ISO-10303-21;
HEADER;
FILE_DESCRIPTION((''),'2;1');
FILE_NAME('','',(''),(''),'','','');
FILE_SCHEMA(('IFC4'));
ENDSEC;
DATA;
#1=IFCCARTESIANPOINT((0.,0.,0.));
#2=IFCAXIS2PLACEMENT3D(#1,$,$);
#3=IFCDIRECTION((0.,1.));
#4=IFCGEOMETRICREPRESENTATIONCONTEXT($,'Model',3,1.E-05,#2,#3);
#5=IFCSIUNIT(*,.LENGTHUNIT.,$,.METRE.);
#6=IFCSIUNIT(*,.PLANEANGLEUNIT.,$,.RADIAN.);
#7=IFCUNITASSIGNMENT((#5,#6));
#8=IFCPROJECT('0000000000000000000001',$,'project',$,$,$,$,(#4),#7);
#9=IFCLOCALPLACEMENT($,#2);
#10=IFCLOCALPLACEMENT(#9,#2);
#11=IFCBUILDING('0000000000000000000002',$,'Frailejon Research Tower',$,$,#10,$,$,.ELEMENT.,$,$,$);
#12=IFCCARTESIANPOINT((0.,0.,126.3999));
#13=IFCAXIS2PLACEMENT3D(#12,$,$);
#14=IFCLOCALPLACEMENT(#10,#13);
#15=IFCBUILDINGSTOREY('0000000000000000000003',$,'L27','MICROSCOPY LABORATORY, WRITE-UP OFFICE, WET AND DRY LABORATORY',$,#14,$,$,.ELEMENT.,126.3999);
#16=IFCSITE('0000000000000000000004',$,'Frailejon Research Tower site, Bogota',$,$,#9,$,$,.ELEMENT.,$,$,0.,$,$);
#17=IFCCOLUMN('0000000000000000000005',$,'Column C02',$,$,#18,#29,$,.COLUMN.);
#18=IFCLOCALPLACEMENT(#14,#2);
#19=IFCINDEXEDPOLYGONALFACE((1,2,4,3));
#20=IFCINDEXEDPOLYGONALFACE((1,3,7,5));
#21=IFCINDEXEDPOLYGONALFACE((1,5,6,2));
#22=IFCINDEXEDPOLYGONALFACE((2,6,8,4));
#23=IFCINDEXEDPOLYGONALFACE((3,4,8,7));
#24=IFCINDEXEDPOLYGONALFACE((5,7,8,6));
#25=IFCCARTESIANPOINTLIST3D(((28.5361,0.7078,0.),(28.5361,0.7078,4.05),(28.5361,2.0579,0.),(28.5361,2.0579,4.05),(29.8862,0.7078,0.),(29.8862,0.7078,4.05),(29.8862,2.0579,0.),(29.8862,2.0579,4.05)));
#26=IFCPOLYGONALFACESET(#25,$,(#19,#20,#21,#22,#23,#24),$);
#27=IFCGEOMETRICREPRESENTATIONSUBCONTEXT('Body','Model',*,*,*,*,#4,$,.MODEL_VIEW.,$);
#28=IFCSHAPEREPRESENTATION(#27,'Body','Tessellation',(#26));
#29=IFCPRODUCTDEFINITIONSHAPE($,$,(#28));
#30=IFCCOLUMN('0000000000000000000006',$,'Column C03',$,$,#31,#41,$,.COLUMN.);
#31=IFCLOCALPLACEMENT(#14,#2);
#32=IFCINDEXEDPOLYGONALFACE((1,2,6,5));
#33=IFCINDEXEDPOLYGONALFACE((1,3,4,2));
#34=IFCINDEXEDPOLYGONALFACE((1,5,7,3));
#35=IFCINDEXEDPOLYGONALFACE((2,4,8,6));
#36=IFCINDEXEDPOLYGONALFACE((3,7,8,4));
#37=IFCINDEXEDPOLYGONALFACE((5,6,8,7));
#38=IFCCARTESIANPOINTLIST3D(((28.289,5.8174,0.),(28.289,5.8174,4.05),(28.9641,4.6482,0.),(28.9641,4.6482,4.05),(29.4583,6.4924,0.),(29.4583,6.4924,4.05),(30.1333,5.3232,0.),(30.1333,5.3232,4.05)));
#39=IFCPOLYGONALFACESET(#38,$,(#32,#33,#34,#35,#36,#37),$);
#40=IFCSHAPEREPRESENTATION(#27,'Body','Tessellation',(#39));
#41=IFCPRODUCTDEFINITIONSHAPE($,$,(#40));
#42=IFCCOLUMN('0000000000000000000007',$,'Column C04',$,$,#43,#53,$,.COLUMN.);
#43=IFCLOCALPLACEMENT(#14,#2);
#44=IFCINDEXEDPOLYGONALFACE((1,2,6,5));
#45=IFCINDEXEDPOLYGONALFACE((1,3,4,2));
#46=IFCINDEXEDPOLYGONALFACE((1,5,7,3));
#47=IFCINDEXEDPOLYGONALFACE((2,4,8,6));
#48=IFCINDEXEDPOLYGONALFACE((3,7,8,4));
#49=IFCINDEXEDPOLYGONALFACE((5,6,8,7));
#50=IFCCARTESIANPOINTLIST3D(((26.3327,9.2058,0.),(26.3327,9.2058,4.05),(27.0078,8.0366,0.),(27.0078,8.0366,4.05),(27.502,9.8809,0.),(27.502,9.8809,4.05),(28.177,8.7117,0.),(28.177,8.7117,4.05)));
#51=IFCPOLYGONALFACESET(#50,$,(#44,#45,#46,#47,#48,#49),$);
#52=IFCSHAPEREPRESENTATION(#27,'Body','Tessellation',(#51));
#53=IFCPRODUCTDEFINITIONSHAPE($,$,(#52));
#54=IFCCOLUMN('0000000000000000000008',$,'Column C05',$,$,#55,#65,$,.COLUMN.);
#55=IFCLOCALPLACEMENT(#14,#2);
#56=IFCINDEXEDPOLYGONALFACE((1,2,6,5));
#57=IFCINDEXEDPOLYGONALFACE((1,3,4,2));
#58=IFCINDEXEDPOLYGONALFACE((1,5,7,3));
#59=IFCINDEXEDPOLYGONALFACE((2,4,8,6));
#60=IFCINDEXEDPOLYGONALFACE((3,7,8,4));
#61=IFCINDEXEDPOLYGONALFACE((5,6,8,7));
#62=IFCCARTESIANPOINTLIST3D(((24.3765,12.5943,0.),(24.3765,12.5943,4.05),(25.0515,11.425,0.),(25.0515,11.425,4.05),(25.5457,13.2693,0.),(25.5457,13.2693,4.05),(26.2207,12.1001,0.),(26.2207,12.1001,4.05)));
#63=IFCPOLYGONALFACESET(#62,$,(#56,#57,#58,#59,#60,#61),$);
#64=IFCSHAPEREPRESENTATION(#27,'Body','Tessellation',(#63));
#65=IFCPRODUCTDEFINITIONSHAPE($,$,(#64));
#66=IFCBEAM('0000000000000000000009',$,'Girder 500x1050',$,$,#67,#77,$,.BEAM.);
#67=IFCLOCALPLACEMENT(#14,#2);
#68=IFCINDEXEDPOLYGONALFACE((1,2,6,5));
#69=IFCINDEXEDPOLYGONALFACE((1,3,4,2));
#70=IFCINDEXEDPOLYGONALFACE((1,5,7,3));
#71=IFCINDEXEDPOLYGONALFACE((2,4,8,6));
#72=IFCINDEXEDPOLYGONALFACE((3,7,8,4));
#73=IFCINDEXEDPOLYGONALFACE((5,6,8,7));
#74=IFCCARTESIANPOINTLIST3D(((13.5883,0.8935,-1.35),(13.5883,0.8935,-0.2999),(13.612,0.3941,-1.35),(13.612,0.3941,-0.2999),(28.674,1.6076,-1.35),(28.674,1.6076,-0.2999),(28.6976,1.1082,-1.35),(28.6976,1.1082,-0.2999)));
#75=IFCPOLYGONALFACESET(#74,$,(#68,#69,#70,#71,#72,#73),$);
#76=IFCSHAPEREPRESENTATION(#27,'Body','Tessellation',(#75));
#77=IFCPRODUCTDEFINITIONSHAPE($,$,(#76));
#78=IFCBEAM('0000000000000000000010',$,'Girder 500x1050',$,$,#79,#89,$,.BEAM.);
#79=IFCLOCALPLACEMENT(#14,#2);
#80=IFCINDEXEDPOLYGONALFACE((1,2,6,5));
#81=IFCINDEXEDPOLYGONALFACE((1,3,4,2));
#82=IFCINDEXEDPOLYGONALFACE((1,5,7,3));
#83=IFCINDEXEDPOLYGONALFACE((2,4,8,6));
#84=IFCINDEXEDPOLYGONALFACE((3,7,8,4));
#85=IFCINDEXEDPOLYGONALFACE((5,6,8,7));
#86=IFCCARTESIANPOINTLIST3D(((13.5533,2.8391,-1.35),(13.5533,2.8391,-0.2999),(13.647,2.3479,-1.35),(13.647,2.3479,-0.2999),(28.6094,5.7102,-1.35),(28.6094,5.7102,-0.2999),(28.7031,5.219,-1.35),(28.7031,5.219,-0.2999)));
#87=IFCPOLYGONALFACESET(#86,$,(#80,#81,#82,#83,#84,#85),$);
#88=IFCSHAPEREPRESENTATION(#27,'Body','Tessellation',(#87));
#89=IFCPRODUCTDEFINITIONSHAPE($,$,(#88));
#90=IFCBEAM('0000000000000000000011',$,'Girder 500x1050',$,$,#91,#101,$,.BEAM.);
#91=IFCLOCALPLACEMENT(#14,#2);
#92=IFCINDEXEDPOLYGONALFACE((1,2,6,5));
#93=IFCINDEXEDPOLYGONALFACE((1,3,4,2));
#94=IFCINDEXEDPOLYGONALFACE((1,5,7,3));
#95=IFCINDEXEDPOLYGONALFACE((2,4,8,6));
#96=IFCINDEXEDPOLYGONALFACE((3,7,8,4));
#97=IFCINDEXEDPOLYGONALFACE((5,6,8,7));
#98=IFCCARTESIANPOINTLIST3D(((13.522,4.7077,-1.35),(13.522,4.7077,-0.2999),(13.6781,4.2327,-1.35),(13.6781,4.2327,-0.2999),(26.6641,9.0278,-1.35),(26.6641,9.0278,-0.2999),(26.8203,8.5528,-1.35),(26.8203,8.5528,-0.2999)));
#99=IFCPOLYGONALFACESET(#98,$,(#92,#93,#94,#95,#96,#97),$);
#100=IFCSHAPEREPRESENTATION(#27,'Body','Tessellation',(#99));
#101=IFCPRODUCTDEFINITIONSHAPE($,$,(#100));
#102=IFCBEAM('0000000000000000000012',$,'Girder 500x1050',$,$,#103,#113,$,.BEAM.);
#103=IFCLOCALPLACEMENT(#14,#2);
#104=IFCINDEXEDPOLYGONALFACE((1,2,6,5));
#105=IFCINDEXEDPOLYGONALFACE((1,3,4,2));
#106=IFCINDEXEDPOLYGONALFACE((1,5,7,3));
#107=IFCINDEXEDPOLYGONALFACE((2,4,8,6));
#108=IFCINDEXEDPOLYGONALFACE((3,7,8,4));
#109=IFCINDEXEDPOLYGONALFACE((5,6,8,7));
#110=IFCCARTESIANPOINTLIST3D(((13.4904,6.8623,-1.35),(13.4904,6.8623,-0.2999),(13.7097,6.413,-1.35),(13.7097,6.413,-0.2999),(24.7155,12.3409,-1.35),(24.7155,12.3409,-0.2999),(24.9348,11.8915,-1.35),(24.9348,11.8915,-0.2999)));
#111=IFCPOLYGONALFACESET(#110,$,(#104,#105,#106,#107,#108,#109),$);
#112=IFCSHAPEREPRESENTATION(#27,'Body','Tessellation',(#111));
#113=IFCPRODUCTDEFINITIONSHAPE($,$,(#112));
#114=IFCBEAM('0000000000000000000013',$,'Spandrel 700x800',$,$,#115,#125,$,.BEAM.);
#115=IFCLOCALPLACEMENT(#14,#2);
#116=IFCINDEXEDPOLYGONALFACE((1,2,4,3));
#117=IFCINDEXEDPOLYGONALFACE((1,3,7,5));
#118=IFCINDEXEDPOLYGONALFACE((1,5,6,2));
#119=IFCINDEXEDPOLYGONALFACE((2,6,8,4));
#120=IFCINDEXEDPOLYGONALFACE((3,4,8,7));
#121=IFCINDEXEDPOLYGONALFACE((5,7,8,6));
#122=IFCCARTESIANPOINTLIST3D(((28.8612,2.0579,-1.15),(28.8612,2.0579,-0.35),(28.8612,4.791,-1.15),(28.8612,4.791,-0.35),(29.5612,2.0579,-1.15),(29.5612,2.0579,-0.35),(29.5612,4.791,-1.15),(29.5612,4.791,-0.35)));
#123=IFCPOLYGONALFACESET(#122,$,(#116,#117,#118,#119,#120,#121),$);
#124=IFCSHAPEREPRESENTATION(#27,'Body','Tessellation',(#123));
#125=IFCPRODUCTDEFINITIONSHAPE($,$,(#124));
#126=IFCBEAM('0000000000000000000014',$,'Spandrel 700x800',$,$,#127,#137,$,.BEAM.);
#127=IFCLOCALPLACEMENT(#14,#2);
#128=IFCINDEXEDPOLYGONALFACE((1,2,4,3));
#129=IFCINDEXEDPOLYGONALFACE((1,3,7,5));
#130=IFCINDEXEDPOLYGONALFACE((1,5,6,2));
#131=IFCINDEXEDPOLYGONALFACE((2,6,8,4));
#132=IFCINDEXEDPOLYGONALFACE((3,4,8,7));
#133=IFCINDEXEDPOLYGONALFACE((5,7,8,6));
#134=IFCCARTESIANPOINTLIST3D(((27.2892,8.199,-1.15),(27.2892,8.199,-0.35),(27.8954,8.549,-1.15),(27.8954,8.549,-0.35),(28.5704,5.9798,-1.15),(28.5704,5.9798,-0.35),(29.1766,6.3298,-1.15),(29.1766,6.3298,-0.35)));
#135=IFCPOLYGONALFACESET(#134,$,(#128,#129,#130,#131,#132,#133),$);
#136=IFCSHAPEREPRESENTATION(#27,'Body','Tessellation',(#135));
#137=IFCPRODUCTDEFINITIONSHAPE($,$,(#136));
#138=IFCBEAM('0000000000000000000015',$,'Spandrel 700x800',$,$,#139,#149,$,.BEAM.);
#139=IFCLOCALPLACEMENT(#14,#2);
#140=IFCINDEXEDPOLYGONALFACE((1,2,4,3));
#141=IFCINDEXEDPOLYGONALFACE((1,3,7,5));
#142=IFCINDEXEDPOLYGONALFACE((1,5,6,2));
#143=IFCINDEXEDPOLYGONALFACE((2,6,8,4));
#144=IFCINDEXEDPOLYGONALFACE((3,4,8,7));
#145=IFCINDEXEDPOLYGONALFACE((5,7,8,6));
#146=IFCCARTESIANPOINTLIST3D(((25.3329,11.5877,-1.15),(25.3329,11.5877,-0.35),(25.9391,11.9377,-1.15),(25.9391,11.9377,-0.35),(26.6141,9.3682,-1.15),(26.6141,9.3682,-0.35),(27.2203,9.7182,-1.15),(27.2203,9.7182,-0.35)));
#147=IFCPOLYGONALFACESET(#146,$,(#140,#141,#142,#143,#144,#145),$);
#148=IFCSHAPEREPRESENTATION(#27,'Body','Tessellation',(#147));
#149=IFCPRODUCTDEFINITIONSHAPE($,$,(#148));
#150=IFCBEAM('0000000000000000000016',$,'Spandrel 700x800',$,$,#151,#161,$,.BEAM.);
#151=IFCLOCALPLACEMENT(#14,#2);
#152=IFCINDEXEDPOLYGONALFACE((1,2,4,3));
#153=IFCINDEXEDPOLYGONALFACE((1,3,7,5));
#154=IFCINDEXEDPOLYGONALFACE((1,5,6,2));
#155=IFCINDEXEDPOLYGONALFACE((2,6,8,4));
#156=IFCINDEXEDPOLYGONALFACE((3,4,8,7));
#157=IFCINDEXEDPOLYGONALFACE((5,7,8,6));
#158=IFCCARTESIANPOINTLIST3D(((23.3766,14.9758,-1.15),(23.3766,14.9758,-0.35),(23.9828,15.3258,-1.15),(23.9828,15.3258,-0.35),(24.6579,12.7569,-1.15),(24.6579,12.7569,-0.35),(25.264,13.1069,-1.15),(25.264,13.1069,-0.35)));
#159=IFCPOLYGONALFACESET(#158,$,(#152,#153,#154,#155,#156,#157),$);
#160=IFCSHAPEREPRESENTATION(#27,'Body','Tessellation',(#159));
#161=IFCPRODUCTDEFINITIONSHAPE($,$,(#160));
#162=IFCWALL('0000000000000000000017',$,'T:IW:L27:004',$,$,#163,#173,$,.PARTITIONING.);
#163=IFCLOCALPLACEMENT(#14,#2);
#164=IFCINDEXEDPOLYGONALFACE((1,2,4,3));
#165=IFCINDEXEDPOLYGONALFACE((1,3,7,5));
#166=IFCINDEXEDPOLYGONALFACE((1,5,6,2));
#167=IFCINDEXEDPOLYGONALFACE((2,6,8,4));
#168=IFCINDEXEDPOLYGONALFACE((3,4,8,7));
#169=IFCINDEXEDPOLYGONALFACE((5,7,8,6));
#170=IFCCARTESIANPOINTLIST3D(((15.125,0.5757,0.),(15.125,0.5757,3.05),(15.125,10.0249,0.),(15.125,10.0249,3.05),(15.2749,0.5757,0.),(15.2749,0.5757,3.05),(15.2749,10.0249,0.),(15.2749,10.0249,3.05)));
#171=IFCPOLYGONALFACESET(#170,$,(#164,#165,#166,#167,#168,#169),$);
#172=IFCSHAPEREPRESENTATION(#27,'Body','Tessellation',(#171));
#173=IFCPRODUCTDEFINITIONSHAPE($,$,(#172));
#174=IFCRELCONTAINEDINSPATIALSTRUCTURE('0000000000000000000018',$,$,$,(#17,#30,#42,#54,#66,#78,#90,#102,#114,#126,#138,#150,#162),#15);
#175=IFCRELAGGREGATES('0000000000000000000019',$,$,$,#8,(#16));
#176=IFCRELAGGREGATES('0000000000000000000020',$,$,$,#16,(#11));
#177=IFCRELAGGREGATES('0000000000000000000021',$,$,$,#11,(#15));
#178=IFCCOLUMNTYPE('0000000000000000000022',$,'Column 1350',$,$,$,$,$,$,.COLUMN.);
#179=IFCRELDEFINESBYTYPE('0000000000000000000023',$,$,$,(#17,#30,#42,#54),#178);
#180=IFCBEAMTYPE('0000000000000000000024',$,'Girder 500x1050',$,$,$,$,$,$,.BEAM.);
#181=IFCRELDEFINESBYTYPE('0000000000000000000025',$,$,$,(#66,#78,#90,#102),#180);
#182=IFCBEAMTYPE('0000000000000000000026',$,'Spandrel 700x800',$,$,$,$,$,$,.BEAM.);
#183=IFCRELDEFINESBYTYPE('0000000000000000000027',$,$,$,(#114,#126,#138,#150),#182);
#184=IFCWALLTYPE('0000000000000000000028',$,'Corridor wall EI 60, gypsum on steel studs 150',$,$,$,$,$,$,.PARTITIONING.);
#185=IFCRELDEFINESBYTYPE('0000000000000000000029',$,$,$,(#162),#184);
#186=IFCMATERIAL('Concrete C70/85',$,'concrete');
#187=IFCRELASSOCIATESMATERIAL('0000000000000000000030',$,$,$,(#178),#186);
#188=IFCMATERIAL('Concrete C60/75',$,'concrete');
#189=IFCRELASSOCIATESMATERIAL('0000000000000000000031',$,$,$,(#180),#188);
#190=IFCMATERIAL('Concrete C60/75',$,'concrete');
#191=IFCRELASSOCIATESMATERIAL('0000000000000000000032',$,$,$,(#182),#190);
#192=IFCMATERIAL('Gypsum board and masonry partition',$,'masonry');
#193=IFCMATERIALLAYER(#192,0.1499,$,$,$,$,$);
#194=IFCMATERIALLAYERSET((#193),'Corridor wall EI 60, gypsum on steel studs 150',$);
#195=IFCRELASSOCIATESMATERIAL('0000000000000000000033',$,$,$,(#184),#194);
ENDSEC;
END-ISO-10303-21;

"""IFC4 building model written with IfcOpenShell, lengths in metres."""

from ifc_helpers import new_model, si_unit, direction, frame, frame_2d, origin, origin_2d, place, context, subcontext, project, spatial, rectangle, extrude, material, layer, layer_set, material_profile, profile_set, type_object, element, save


model = new_model("IFC4")

# Units and contexts
model_context = context("Model", 3, precision=1e-05, world=origin(), true_north=direction((0.0, 1.0)))
body_context = subcontext(model_context, "Body", "Model", "MODEL_VIEW")
ifc_project = project(units=[si_unit("LENGTHUNIT", "METRE"), si_unit("PLANEANGLEUNIT", "RADIAN")], contexts=[model_context])

# Site, building, storey
site_placement = place(None, origin())
site = spatial("IfcSite", under=ifc_project, at=site_placement, Name="Frailejon Research Tower site, Bogota", CompositionType="ELEMENT", RefElevation=0.0)
building_placement = place(site_placement, origin())
building = spatial("IfcBuilding", under=site, at=building_placement, Name="Frailejon Research Tower", CompositionType="ELEMENT")
storey_placement = place(building_placement, frame((0.0, 0.0, 126.3999)))
storey = spatial("IfcBuildingStorey", under=building, at=storey_placement, Name="L27", Description="MICROSCOPY LABORATORY, WRITE-UP OFFICE, WET AND DRY LABORATORY", CompositionType="ELEMENT", Elevation=126.3999)

# Columns
ifc_material_1 = material(Name="Concrete C70/85", Category="concrete")
ifc_material_profile_1 = material_profile(ifc_material_1, rectangle(XDim=1.3501, YDim=1.3501, at=origin_2d()), Name="Column 1350")
ifc_profile_set_1 = profile_set([ifc_material_profile_1], Name="Concrete C70/85")
column_type = type_object("IfcColumnType", Name="Column 1350", PredefinedType="COLUMN", material=ifc_profile_set_1)
for number, where, z_axis, x_axis, name in (
    (1, (29.2112, 1.3828, 0.0), (0.0, 0.0, 1.0), (0.0, 1.0, 0.0), "Column C02"),
    (2, (29.2112, 5.5703, 0.0), (0.0, 0.0, 1.0), (-0.5, 0.866025, 0.0), "Column C03"),
    (3, (27.2549, 8.9587, 0.0), (0.0, 0.0, 1.0), (-0.5, 0.866025, 0.0), "Column C04"),
    (4, (25.2986, 12.3472, 0.0), (0.0, 0.0, 1.0), (-0.5, 0.866025, 0.0), "Column C05"),
):
    element("IfcColumn", number, at=place(storey_placement, frame(where, z_axis=z_axis, x_axis=x_axis)), inside=storey, type_object=column_type, Name=name, PredefinedType="COLUMN", context=body_context, shape_type="SweptSolid", body=[
        extrude(rectangle(XDim=1.3501, YDim=1.3501, at=origin_2d()), origin(), (0.0, 0.0, 1.0), 4.05),
    ])

# Beams
ifc_material_2 = material(Name="Concrete C60/75", Category="concrete")
ifc_material_profile_2 = material_profile(ifc_material_2, rectangle(XDim=0.5, YDim=1.05, at=origin_2d()), Name="Girder 500x1050")
ifc_profile_set_2 = profile_set([ifc_material_profile_2], Name="Concrete C60/75")
beam_type_1 = type_object("IfcBeamType", Name="Girder 500x1050", PredefinedType="BEAM", material=ifc_profile_set_2)
beam_1_placement = place(storey_placement, frame((28.6858, 1.3579, -0.825), z_axis=(-0.998881, -0.047284, 0.0), x_axis=(0.047284, -0.998881, 0.0)))
element("IfcBeam", 5, at=beam_1_placement, inside=storey, type_object=beam_type_1, Name="Girder 500x1050", PredefinedType="BEAM", context=body_context, shape_type="SweptSolid", body=[
    extrude(rectangle(XDim=0.5, YDim=1.05, at=origin_2d()), origin(), (0.0, 0.0, 1.0), 15.1025),
])
beam_2_placement = place(storey_placement, frame((28.6562, 5.4646, -0.825), z_axis=(-0.9823, -0.187317, 0.0), x_axis=(0.187317, -0.9823, 0.0)))
element("IfcBeam", 6, at=beam_2_placement, inside=storey, type_object=beam_type_1, Name="Girder 500x1050", PredefinedType="BEAM", context=body_context, shape_type="SweptSolid", body=[
    extrude(rectangle(XDim=0.5, YDim=1.05, at=origin_2d()), origin(), (0.0, 0.0, 1.0), 15.3274),
])
beam_3_placement = place(storey_placement, frame((26.7422, 8.7903, -0.825), z_axis=(-0.94999, -0.312281, 0.0), x_axis=(0.312281, -0.94999, 0.0)))
element("IfcBeam", 7, at=beam_3_placement, inside=storey, type_object=beam_type_1, Name="Girder 500x1050", PredefinedType="BEAM", context=body_context, shape_type="SweptSolid", body=[
    extrude(rectangle(XDim=0.5, YDim=1.05, at=origin_2d()), origin(), (0.0, 0.0, 1.0), 13.834),
])
beam_4_placement = place(storey_placement, frame((24.8252, 12.1162, -0.825), z_axis=(-0.898678, -0.438608, 0.0), x_axis=(0.438608, -0.898678, 0.0)))
element("IfcBeam", 8, at=beam_4_placement, inside=storey, type_object=beam_type_1, Name="Girder 500x1050", PredefinedType="BEAM", context=body_context, shape_type="SweptSolid", body=[
    extrude(rectangle(XDim=0.5, YDim=1.05, at=origin_2d()), origin(), (0.0, 0.0, 1.0), 12.4907),
])
ifc_material_3 = material(Name="Concrete C60/75", Category="concrete")
ifc_material_profile_3 = material_profile(ifc_material_3, rectangle(XDim=0.7, YDim=0.8, at=origin_2d()), Name="Spandrel 700x800")
ifc_profile_set_3 = profile_set([ifc_material_profile_3], Name="Concrete C60/75")
beam_type_2 = type_object("IfcBeamType", Name="Spandrel 700x800", PredefinedType="BEAM", material=ifc_profile_set_3)
beam_5_placement = place(storey_placement, frame((29.2112, 2.0579, -0.75), z_axis=(0.0, 1.0, 0.0), x_axis=(-1.0, 0.0, 0.0)))
element("IfcBeam", 9, at=beam_5_placement, inside=storey, type_object=beam_type_2, Name="Spandrel 700x800", PredefinedType="BEAM", context=body_context, shape_type="SweptSolid", body=[
    extrude(rectangle(XDim=0.7, YDim=0.8, at=origin_2d()), origin(), (0.0, 0.0, 1.0), 2.7332),
])
beam_6_placement = place(storey_placement, frame((28.8735, 6.1548, -0.75), z_axis=(-0.499992, 0.86603, 0.0), x_axis=(-0.86603, -0.499992, 0.0)))
element("IfcBeam", 10, at=beam_6_placement, inside=storey, type_object=beam_type_2, Name="Spandrel 700x800", PredefinedType="BEAM", context=body_context, shape_type="SweptSolid", body=[
    extrude(rectangle(XDim=0.7, YDim=0.8, at=origin_2d()), origin(), (0.0, 0.0, 1.0), 2.5625),
])
beam_7_placement = place(storey_placement, frame((26.9172, 9.5432, -0.75), z_axis=(-0.499951, 0.866054, 0.0), x_axis=(-0.866054, -0.499951, 0.0)))
element("IfcBeam", 11, at=beam_7_placement, inside=storey, type_object=beam_type_2, Name="Spandrel 700x800", PredefinedType="BEAM", context=body_context, shape_type="SweptSolid", body=[
    extrude(rectangle(XDim=0.7, YDim=0.8, at=origin_2d()), origin(), (0.0, 0.0, 1.0), 2.5627),
])
beam_8_placement = place(storey_placement, frame((24.9609, 12.9319, -0.75), z_axis=(-0.500033, 0.866006, 0.0), x_axis=(-0.866006, -0.500033, 0.0)))
element("IfcBeam", 12, at=beam_8_placement, inside=storey, type_object=beam_type_2, Name="Spandrel 700x800", PredefinedType="BEAM", context=body_context, shape_type="SweptSolid", body=[
    extrude(rectangle(XDim=0.7, YDim=0.8, at=origin_2d()), origin(), (0.0, 0.0, 1.0), 2.5623),
])

# Wall
ifc_material_4 = material(Name="Gypsum board and masonry partition", Category="masonry")
ifc_layer_1 = layer(ifc_material_4, 0.1499)
ifc_layer_set_1 = layer_set([ifc_layer_1], Name="Corridor wall EI 60, gypsum on steel studs 150")
wall_type_1 = type_object("IfcWallType", Name="Corridor wall EI 60, gypsum on steel studs 150", PredefinedType="PARTITIONING", material=ifc_layer_set_1)
wall_1_placement = place(storey_placement, frame((15.2, 0.5757, 0.0), z_axis=(0.0, 0.0, 1.0), x_axis=(0.0, 1.0, 0.0)))
element("IfcWall", 13, at=wall_1_placement, inside=storey, type_object=wall_type_1, Name="T:IW:L27:004", PredefinedType="PARTITIONING", context=body_context, shape_type="SweptSolid", body=[
    extrude(rectangle(XDim=9.4492, YDim=0.1499, at=frame_2d((4.7246, 0.0))), origin(), (0.0, 0.0, 1.0), 3.05),
])

save(model, "model.ifc")
